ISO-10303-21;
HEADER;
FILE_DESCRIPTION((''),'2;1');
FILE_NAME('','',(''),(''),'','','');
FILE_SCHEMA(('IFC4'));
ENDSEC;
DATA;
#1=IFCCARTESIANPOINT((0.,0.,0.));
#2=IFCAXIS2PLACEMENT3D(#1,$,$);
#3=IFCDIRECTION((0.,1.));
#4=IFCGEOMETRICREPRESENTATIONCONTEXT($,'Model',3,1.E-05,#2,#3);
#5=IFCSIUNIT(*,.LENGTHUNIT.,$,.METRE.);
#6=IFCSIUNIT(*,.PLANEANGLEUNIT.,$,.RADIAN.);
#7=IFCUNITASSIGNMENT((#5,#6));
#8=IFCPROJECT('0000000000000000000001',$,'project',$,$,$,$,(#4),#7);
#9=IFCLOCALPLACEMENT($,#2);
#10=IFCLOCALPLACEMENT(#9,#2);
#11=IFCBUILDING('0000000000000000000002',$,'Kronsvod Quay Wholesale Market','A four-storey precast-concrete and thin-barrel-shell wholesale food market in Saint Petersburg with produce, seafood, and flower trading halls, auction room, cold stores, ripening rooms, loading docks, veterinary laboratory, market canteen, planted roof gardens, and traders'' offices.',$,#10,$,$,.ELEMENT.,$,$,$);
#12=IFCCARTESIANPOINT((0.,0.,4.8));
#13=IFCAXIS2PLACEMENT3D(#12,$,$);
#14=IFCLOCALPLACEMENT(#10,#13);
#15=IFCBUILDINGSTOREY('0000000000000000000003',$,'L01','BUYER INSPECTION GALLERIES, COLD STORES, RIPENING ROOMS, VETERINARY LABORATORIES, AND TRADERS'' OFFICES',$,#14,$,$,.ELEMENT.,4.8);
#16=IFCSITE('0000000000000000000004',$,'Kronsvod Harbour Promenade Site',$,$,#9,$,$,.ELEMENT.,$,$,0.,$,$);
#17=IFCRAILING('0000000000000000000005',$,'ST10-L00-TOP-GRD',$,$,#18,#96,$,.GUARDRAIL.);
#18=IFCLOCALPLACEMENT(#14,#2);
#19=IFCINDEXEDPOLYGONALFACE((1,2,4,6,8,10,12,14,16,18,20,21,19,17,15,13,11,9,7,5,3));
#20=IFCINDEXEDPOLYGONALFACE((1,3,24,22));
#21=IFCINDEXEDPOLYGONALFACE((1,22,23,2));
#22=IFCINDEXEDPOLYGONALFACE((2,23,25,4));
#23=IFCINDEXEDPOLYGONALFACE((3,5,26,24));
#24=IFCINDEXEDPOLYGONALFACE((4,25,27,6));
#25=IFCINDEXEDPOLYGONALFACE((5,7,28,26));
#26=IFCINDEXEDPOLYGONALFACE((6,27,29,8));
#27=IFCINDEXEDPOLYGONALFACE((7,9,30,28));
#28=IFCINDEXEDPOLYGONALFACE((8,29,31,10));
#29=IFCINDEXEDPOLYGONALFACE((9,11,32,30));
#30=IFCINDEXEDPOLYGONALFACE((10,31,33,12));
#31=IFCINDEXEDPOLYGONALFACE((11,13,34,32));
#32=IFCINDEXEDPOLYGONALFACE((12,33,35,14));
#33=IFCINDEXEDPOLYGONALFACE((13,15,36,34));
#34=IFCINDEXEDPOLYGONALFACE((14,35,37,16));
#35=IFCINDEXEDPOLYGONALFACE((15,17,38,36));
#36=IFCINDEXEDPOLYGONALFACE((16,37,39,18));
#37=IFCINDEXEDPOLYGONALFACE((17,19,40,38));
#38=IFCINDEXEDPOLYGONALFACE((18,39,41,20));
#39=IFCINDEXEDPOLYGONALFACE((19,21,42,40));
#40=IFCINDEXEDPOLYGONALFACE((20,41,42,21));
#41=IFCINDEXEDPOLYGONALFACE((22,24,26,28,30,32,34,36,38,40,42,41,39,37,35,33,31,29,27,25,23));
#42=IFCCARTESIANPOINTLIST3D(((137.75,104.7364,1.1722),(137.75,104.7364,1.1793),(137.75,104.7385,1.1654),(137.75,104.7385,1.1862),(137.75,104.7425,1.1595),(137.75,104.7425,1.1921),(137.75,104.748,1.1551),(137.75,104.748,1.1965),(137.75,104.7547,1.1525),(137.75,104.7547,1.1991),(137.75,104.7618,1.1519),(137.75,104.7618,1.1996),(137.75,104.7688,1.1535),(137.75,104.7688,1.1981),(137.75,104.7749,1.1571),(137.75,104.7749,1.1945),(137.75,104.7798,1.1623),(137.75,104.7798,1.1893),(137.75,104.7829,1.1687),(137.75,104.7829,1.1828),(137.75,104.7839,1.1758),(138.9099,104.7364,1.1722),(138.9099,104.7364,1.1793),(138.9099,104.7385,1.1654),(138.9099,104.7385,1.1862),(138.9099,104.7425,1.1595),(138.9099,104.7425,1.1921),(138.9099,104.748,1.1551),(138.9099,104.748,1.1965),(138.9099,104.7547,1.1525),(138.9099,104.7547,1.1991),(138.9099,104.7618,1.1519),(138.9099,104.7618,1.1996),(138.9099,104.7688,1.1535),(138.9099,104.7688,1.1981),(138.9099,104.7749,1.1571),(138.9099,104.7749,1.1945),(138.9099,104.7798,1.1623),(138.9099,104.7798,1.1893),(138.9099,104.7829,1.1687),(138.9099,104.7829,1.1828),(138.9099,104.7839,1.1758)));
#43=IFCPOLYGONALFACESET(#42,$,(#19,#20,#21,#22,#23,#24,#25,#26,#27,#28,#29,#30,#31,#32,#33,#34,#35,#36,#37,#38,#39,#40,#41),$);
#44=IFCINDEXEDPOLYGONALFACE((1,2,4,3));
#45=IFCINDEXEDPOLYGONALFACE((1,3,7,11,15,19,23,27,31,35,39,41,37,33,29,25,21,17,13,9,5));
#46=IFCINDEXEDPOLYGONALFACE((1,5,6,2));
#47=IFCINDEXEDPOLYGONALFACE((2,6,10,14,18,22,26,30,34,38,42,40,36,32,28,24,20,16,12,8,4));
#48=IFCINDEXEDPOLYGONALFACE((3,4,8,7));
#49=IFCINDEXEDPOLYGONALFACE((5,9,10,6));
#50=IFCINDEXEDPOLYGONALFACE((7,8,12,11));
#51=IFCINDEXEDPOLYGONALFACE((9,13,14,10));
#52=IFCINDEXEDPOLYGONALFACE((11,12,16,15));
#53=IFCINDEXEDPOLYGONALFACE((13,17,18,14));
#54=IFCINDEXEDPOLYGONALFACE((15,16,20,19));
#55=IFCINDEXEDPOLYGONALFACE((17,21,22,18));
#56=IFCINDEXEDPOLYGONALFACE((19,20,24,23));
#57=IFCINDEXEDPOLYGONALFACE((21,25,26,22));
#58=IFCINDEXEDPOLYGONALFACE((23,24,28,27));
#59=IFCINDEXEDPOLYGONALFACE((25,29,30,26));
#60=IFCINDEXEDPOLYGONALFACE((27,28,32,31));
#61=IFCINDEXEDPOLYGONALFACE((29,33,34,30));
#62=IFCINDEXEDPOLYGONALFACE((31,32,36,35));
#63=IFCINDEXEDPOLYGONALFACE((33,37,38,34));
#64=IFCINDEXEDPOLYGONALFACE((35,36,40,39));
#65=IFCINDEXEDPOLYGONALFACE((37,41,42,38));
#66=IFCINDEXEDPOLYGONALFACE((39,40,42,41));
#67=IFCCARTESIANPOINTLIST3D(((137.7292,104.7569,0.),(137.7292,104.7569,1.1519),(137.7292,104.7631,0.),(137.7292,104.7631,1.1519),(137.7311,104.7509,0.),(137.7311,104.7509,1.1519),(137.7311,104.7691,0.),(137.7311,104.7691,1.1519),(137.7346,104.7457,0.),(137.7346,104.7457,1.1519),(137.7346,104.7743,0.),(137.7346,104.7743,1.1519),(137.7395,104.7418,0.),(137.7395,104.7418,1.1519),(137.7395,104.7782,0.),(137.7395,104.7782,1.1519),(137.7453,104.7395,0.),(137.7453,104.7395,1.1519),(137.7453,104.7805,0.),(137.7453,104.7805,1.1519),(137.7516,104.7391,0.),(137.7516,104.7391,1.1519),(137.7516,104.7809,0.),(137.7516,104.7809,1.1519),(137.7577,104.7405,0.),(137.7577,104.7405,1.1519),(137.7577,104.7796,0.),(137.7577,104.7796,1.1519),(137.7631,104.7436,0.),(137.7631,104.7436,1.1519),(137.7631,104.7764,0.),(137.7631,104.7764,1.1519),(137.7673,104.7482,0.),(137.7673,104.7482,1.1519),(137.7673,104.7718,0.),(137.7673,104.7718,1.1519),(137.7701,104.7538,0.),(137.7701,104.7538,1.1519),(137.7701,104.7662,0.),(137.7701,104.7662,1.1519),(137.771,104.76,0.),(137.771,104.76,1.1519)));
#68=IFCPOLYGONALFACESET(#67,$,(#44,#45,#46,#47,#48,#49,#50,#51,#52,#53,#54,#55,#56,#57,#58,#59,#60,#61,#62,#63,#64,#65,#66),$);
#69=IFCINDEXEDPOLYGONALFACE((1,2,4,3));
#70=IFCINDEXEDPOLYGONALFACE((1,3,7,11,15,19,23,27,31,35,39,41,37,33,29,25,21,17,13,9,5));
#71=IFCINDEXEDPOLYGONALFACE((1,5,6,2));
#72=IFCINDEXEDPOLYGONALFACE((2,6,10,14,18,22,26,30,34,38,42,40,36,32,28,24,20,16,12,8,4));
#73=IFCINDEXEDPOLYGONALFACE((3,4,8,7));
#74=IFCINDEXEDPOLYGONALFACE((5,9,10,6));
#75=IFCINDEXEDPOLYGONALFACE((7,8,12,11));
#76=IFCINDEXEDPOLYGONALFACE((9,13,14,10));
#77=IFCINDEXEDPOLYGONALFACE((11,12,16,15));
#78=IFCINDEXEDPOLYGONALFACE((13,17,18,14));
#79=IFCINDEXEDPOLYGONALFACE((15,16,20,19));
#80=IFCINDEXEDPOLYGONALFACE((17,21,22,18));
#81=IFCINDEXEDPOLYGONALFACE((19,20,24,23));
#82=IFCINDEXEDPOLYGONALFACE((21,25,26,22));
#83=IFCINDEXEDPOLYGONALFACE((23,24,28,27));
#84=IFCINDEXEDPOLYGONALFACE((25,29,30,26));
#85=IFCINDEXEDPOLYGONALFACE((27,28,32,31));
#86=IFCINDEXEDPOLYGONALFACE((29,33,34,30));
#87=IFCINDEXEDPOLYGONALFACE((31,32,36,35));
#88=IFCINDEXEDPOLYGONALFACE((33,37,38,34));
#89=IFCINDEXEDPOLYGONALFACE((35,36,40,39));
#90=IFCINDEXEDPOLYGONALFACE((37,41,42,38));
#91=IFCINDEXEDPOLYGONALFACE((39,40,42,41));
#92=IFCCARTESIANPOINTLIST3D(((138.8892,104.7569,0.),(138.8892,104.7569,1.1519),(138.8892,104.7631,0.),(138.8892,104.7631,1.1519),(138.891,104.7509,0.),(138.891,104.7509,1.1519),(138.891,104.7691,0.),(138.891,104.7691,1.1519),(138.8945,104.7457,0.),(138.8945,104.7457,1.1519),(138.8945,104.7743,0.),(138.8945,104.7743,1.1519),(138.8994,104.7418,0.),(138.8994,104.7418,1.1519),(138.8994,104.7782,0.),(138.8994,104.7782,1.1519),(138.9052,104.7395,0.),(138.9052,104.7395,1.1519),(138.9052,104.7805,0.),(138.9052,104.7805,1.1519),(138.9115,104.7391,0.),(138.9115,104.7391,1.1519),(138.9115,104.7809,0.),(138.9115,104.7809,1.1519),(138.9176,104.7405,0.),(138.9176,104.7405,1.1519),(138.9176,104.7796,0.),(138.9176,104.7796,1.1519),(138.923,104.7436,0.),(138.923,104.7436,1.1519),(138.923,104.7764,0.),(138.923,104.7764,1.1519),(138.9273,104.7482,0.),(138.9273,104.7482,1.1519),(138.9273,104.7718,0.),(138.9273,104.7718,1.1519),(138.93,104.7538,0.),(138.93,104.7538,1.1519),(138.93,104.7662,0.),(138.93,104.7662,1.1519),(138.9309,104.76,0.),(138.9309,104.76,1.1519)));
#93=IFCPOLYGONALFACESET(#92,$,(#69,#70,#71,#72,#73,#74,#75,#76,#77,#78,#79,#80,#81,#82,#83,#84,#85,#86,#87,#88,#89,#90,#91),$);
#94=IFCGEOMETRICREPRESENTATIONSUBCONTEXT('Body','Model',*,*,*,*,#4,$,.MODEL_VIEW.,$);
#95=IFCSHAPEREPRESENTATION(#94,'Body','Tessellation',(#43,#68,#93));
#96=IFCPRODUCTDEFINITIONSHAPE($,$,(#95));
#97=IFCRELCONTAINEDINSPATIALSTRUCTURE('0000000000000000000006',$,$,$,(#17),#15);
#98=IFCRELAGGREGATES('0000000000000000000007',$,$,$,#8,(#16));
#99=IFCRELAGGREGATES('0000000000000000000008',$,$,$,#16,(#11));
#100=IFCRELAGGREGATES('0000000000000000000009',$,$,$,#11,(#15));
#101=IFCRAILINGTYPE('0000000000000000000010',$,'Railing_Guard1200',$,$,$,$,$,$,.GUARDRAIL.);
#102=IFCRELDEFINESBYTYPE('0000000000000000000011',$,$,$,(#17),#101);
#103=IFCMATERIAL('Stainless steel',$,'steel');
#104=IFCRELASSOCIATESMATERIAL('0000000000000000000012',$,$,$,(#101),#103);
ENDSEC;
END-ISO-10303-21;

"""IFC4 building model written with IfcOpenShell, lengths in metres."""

from ifc_helpers import new_model, si_unit, direction, frame, origin, origin_2d, place, context, subcontext, project, spatial, circle, extrude, material, type_object, element, save


model = new_model("IFC4")

# Units and contexts
model_context = context("Model", 3, precision=1e-05, world=origin(), true_north=direction((0.0, 1.0)))
body_context = subcontext(model_context, "Body", "Model", "MODEL_VIEW")
ifc_project = project(units=[si_unit("LENGTHUNIT", "METRE"), si_unit("PLANEANGLEUNIT", "RADIAN")], contexts=[model_context])

# Site, building, storey
site_placement = place(None, origin())
site = spatial("IfcSite", under=ifc_project, at=site_placement, Name="Kronsvod Harbour Promenade Site", CompositionType="ELEMENT", RefElevation=0.0)
building_placement = place(site_placement, origin())
building = spatial("IfcBuilding", under=site, at=building_placement, Name="Kronsvod Quay Wholesale Market", Description="A four-storey precast-concrete and thin-barrel-shell wholesale food market in Saint Petersburg with produce, seafood, and flower trading halls, auction room, cold stores, ripening rooms, loading docks, veterinary laboratory, market canteen, planted roof gardens, and traders' offices.", CompositionType="ELEMENT")
storey_placement = place(building_placement, frame((0.0, 0.0, 4.8)))
storey = spatial("IfcBuildingStorey", under=building, at=storey_placement, Name="L01", Description="BUYER INSPECTION GALLERIES, COLD STORES, RIPENING ROOMS, VETERINARY LABORATORIES, AND TRADERS' OFFICES", CompositionType="ELEMENT", Elevation=4.8)

# Railing
ifc_material_1 = material(Name="Stainless steel", Category="steel")
railing_type_1 = type_object("IfcRailingType", Name="Railing_Guard1200", PredefinedType="GUARDRAIL", material=ifc_material_1)
railing_1_placement = place(storey_placement, frame((137.75, 104.76, 0.0)))
element("IfcRailing", 1, at=railing_1_placement, inside=storey, type_object=railing_type_1, Name="ST10-L00-TOP-GRD", PredefinedType="GUARDRAIL", context=body_context, shape_type="SweptSolid", body=[
    extrude(circle(Radius=0.0239, at=origin_2d()), frame((0.0, 0.0, 1.1758), z_axis=(1.0, 0.0, 0.0), x_axis=(0.0, 1.0, 0.0)), (0.0, 0.0, 1.0), 1.1599),
    extrude(circle(Radius=0.021, at=origin_2d()), origin(), (0.0, 0.0, 1.0), 1.1519),
    extrude(circle(Radius=0.021, at=origin_2d()), frame((1.1599, 0.0, 0.0)), (0.0, 0.0, 1.0), 1.1519),
])

save(model, "model.ifc")
